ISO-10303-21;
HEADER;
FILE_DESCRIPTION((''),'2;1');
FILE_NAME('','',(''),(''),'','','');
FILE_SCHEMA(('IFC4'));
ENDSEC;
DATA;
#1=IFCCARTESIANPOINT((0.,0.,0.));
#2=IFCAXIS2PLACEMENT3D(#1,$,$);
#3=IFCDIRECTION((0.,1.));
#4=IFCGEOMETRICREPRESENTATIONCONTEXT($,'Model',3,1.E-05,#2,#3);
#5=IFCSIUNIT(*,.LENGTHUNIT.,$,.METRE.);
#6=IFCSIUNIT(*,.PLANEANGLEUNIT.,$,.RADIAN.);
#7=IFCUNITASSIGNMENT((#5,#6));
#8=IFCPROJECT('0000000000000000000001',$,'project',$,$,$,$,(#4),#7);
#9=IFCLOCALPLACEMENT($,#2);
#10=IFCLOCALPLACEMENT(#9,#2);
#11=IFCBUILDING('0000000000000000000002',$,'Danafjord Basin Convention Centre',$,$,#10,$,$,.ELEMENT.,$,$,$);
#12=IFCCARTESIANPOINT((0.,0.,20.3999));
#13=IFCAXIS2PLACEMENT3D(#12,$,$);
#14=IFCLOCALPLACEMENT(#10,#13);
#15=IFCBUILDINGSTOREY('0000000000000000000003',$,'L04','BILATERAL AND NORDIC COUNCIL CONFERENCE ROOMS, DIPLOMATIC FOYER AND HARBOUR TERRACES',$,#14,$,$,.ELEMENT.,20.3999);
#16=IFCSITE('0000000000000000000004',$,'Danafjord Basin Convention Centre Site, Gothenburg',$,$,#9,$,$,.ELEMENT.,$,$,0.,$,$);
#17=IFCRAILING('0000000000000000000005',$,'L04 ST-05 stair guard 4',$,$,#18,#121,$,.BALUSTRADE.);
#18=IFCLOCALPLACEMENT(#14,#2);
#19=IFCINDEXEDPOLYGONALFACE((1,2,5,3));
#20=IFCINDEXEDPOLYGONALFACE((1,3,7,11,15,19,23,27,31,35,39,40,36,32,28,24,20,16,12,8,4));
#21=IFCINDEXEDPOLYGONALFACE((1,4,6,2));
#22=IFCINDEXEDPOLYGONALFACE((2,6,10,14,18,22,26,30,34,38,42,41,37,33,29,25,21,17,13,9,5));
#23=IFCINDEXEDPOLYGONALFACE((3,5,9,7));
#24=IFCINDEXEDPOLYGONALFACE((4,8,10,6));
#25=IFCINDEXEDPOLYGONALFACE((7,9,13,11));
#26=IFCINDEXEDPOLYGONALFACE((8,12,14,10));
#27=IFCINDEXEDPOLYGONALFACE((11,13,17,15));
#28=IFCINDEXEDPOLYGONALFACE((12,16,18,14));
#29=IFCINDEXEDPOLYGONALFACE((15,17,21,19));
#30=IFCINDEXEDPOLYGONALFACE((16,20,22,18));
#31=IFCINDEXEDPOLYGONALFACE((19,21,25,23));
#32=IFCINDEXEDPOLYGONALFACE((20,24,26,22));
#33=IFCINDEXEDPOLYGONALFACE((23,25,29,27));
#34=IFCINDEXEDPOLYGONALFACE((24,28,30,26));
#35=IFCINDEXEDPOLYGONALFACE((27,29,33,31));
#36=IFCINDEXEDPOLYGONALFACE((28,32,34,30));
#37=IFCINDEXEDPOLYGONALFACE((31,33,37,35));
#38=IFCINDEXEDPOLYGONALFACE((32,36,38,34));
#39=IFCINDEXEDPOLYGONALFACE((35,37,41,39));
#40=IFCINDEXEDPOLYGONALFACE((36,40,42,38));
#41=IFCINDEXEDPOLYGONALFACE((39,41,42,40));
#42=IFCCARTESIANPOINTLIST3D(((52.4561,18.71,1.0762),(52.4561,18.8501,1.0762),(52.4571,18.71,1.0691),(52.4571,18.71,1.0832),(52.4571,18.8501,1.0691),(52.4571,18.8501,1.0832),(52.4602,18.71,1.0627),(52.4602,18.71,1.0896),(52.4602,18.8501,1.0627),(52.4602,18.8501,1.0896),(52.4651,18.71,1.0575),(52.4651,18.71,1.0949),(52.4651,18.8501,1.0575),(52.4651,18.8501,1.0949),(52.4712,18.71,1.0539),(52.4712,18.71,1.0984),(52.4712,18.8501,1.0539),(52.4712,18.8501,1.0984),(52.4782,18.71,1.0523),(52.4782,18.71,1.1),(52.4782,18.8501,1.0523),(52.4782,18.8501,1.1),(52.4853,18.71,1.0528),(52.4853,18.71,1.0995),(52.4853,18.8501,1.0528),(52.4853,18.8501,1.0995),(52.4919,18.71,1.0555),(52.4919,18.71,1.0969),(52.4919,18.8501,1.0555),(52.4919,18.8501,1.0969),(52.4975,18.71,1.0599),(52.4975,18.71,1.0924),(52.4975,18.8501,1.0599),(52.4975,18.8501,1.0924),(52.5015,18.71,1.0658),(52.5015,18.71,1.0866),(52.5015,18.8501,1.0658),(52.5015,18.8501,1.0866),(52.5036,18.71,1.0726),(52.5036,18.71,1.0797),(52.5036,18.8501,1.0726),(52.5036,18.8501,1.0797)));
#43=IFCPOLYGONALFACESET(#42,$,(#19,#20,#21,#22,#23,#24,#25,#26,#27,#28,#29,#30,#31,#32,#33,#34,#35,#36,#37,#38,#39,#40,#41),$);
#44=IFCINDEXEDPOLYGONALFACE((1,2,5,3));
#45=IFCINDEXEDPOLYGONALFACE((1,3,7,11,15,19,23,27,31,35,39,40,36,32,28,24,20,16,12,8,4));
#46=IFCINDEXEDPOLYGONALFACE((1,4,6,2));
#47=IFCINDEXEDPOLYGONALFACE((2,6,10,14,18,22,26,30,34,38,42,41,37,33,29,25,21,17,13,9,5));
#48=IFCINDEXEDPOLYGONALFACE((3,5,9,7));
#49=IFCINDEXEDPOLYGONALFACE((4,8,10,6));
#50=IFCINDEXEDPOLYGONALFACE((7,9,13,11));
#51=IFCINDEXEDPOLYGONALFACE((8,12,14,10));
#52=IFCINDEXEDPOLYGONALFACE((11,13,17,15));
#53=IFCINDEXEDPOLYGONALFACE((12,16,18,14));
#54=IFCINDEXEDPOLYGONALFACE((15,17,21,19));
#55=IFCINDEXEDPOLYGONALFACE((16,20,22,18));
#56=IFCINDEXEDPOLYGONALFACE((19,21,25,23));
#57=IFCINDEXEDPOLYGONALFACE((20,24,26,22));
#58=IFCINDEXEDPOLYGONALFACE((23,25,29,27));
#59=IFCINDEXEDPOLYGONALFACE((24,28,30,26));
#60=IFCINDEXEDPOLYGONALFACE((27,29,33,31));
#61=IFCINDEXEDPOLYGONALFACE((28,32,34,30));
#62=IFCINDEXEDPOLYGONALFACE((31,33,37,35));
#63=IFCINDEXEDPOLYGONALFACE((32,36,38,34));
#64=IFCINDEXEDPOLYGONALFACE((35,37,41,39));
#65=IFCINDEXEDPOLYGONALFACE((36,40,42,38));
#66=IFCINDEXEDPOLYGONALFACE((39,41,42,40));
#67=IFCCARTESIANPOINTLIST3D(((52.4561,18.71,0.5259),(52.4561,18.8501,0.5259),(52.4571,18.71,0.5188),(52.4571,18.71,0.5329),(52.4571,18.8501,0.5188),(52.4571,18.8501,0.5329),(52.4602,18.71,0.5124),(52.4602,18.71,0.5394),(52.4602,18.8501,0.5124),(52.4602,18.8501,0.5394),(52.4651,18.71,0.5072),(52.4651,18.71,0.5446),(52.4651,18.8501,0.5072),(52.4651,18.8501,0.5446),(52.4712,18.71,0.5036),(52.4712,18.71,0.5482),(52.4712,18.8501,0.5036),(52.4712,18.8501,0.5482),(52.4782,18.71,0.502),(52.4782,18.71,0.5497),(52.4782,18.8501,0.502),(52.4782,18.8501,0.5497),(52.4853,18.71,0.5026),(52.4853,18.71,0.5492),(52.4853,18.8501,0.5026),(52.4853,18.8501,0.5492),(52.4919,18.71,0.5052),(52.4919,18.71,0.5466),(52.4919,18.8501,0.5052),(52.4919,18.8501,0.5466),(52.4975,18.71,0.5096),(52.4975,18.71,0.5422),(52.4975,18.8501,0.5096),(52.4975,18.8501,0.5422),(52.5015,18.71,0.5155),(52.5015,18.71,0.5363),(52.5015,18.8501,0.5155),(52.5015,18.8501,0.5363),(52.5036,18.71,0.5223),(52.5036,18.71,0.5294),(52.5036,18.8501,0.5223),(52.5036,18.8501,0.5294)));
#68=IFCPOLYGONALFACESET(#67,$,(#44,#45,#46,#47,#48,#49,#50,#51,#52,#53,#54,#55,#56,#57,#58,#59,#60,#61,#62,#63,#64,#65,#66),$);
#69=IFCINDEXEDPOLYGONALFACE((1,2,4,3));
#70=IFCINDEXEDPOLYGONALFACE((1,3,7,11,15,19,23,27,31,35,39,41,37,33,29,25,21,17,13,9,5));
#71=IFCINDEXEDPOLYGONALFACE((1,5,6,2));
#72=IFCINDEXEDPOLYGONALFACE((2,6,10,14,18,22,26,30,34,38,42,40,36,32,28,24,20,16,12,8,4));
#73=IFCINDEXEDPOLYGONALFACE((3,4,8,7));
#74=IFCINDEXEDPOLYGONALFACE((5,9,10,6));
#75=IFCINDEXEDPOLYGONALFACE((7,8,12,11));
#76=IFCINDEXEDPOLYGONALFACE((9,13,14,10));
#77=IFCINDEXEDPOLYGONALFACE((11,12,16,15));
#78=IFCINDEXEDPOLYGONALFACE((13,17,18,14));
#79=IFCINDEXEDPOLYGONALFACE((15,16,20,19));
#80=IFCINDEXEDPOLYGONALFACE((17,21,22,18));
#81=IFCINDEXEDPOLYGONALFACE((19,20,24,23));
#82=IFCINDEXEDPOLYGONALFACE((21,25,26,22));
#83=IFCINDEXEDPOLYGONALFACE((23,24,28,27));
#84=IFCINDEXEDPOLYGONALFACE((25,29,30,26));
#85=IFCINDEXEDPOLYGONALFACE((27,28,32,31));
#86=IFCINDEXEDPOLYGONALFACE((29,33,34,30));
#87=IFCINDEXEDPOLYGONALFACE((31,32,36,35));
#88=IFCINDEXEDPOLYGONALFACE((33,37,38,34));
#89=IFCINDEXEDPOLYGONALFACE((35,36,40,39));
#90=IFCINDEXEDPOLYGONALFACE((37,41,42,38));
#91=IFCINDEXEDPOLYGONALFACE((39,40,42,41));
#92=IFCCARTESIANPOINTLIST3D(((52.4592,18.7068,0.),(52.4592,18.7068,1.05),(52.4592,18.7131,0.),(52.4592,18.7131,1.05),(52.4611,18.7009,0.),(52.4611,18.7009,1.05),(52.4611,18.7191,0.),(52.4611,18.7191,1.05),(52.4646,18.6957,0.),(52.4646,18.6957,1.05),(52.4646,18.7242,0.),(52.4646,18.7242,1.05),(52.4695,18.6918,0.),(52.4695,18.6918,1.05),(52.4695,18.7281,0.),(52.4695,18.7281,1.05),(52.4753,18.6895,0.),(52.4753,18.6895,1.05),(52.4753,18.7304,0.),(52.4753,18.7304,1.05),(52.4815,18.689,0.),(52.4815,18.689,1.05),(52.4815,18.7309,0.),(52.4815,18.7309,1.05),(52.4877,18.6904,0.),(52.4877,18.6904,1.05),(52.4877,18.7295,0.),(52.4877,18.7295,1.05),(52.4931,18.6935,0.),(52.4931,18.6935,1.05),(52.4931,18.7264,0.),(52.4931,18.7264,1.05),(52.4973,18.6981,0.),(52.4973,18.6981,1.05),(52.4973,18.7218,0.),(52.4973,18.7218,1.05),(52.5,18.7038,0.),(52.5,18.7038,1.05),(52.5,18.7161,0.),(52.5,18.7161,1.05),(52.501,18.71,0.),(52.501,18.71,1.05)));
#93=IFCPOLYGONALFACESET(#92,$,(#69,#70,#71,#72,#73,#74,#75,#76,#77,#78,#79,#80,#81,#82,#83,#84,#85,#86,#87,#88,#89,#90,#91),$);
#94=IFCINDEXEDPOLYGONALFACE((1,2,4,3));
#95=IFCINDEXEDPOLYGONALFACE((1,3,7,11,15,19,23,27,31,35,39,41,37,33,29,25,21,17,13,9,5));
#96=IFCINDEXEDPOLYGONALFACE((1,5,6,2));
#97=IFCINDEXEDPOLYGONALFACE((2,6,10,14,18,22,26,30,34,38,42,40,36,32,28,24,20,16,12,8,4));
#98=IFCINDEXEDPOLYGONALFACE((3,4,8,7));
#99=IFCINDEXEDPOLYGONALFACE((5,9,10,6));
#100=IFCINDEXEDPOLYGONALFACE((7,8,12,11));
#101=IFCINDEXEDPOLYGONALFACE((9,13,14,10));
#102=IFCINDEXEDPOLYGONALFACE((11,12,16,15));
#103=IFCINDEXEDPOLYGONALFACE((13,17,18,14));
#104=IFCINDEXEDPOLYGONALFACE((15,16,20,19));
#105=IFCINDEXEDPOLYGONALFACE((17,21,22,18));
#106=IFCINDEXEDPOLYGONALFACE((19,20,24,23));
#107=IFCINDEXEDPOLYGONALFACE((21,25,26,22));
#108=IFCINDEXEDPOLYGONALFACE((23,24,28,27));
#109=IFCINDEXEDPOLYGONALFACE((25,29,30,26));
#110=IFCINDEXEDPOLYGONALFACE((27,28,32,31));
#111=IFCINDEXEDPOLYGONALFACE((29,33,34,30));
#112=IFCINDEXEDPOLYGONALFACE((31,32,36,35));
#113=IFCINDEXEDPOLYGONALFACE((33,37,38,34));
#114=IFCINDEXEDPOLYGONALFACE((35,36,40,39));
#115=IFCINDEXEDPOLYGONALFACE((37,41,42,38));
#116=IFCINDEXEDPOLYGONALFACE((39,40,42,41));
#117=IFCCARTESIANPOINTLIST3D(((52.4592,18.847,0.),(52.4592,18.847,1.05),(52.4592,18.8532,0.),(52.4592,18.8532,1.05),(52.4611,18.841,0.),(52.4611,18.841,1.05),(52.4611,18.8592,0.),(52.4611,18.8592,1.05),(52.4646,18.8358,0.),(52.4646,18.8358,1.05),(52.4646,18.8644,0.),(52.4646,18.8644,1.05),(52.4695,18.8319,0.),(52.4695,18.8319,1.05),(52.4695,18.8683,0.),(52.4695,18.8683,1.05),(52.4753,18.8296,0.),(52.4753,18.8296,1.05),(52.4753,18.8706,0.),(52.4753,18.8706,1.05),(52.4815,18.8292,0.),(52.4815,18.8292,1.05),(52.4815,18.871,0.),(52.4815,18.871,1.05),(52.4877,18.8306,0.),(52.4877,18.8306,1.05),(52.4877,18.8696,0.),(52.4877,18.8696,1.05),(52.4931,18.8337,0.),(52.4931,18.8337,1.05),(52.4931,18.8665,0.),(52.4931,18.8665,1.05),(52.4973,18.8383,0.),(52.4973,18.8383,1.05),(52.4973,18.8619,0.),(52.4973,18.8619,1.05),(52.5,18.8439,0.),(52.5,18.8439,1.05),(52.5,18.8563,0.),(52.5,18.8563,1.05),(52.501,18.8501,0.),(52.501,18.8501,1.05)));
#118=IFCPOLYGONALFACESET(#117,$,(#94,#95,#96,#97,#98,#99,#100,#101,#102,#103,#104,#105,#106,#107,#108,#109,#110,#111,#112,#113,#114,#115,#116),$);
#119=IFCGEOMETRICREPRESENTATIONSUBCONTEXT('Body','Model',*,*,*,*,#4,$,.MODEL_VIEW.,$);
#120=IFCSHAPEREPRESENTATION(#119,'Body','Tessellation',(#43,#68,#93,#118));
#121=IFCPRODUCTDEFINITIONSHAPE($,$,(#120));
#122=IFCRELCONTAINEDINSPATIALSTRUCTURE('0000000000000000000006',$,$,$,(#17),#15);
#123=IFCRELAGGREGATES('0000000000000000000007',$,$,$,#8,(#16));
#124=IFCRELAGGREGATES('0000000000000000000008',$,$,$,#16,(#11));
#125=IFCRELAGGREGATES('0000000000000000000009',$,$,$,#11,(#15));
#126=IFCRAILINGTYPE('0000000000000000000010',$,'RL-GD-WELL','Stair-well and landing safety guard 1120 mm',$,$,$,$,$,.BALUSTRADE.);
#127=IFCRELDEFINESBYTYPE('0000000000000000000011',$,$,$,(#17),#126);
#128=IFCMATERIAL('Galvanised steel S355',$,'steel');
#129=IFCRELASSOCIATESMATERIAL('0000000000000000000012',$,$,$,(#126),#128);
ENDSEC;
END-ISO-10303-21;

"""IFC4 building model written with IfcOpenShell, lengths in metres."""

from ifc_helpers import new_model, si_unit, direction, frame, origin, origin_2d, place, context, subcontext, project, spatial, circle, extrude, material, type_object, element, save


model = new_model("IFC4")

# Units and contexts
model_context = context("Model", 3, precision=1e-05, world=origin(), true_north=direction((0.0, 1.0)))
body_context = subcontext(model_context, "Body", "Model", "MODEL_VIEW")
ifc_project = project(units=[si_unit("LENGTHUNIT", "METRE"), si_unit("PLANEANGLEUNIT", "RADIAN")], contexts=[model_context])

# Site, building, storey
site_placement = place(None, origin())
site = spatial("IfcSite", under=ifc_project, at=site_placement, Name="Danafjord Basin Convention Centre Site, Gothenburg", CompositionType="ELEMENT", RefElevation=0.0)
building_placement = place(site_placement, origin())
building = spatial("IfcBuilding", under=site, at=building_placement, Name="Danafjord Basin Convention Centre", CompositionType="ELEMENT")
storey_placement = place(building_placement, frame((0.0, 0.0, 20.3999)))
storey = spatial("IfcBuildingStorey", under=building, at=storey_placement, Name="L04", Description="BILATERAL AND NORDIC COUNCIL CONFERENCE ROOMS, DIPLOMATIC FOYER AND HARBOUR TERRACES", CompositionType="ELEMENT", Elevation=20.3999)

# Railing
ifc_material_1 = material(Name="Galvanised steel S355", Category="steel")
railing_type_1 = type_object("IfcRailingType", Name="RL-GD-WELL", Description="Stair-well and landing safety guard 1120 mm", PredefinedType="BALUSTRADE", material=ifc_material_1)
railing_1_placement = place(storey_placement, frame((52.48, 18.71, 0.0)))
element("IfcRailing", 1, at=railing_1_placement, inside=storey, type_object=railing_type_1, Name="L04 ST-05 stair guard 4", PredefinedType="BALUSTRADE", context=body_context, shape_type="SweptSolid", body=[
    extrude(circle(Radius=0.0239, at=origin_2d()), frame((0.0, 0.0, 1.0762), z_axis=(0.0, 1.0, 0.0), x_axis=(-1.0, 0.0, 0.0)), (0.0, 0.0, 1.0), 0.1401),
    extrude(circle(Radius=0.0239, at=origin_2d()), frame((0.0, 0.0, 0.5259), z_axis=(0.0, 1.0, 0.0), x_axis=(-1.0, 0.0, 0.0)), (0.0, 0.0, 1.0), 0.1401),
    extrude(circle(Radius=0.021, at=origin_2d()), origin(), (0.0, 0.0, 1.0), 1.05),
    extrude(circle(Radius=0.021, at=origin_2d()), frame((0.0, 0.1401, 0.0)), (0.0, 0.0, 1.0), 1.05),
])

save(model, "model.ifc")
